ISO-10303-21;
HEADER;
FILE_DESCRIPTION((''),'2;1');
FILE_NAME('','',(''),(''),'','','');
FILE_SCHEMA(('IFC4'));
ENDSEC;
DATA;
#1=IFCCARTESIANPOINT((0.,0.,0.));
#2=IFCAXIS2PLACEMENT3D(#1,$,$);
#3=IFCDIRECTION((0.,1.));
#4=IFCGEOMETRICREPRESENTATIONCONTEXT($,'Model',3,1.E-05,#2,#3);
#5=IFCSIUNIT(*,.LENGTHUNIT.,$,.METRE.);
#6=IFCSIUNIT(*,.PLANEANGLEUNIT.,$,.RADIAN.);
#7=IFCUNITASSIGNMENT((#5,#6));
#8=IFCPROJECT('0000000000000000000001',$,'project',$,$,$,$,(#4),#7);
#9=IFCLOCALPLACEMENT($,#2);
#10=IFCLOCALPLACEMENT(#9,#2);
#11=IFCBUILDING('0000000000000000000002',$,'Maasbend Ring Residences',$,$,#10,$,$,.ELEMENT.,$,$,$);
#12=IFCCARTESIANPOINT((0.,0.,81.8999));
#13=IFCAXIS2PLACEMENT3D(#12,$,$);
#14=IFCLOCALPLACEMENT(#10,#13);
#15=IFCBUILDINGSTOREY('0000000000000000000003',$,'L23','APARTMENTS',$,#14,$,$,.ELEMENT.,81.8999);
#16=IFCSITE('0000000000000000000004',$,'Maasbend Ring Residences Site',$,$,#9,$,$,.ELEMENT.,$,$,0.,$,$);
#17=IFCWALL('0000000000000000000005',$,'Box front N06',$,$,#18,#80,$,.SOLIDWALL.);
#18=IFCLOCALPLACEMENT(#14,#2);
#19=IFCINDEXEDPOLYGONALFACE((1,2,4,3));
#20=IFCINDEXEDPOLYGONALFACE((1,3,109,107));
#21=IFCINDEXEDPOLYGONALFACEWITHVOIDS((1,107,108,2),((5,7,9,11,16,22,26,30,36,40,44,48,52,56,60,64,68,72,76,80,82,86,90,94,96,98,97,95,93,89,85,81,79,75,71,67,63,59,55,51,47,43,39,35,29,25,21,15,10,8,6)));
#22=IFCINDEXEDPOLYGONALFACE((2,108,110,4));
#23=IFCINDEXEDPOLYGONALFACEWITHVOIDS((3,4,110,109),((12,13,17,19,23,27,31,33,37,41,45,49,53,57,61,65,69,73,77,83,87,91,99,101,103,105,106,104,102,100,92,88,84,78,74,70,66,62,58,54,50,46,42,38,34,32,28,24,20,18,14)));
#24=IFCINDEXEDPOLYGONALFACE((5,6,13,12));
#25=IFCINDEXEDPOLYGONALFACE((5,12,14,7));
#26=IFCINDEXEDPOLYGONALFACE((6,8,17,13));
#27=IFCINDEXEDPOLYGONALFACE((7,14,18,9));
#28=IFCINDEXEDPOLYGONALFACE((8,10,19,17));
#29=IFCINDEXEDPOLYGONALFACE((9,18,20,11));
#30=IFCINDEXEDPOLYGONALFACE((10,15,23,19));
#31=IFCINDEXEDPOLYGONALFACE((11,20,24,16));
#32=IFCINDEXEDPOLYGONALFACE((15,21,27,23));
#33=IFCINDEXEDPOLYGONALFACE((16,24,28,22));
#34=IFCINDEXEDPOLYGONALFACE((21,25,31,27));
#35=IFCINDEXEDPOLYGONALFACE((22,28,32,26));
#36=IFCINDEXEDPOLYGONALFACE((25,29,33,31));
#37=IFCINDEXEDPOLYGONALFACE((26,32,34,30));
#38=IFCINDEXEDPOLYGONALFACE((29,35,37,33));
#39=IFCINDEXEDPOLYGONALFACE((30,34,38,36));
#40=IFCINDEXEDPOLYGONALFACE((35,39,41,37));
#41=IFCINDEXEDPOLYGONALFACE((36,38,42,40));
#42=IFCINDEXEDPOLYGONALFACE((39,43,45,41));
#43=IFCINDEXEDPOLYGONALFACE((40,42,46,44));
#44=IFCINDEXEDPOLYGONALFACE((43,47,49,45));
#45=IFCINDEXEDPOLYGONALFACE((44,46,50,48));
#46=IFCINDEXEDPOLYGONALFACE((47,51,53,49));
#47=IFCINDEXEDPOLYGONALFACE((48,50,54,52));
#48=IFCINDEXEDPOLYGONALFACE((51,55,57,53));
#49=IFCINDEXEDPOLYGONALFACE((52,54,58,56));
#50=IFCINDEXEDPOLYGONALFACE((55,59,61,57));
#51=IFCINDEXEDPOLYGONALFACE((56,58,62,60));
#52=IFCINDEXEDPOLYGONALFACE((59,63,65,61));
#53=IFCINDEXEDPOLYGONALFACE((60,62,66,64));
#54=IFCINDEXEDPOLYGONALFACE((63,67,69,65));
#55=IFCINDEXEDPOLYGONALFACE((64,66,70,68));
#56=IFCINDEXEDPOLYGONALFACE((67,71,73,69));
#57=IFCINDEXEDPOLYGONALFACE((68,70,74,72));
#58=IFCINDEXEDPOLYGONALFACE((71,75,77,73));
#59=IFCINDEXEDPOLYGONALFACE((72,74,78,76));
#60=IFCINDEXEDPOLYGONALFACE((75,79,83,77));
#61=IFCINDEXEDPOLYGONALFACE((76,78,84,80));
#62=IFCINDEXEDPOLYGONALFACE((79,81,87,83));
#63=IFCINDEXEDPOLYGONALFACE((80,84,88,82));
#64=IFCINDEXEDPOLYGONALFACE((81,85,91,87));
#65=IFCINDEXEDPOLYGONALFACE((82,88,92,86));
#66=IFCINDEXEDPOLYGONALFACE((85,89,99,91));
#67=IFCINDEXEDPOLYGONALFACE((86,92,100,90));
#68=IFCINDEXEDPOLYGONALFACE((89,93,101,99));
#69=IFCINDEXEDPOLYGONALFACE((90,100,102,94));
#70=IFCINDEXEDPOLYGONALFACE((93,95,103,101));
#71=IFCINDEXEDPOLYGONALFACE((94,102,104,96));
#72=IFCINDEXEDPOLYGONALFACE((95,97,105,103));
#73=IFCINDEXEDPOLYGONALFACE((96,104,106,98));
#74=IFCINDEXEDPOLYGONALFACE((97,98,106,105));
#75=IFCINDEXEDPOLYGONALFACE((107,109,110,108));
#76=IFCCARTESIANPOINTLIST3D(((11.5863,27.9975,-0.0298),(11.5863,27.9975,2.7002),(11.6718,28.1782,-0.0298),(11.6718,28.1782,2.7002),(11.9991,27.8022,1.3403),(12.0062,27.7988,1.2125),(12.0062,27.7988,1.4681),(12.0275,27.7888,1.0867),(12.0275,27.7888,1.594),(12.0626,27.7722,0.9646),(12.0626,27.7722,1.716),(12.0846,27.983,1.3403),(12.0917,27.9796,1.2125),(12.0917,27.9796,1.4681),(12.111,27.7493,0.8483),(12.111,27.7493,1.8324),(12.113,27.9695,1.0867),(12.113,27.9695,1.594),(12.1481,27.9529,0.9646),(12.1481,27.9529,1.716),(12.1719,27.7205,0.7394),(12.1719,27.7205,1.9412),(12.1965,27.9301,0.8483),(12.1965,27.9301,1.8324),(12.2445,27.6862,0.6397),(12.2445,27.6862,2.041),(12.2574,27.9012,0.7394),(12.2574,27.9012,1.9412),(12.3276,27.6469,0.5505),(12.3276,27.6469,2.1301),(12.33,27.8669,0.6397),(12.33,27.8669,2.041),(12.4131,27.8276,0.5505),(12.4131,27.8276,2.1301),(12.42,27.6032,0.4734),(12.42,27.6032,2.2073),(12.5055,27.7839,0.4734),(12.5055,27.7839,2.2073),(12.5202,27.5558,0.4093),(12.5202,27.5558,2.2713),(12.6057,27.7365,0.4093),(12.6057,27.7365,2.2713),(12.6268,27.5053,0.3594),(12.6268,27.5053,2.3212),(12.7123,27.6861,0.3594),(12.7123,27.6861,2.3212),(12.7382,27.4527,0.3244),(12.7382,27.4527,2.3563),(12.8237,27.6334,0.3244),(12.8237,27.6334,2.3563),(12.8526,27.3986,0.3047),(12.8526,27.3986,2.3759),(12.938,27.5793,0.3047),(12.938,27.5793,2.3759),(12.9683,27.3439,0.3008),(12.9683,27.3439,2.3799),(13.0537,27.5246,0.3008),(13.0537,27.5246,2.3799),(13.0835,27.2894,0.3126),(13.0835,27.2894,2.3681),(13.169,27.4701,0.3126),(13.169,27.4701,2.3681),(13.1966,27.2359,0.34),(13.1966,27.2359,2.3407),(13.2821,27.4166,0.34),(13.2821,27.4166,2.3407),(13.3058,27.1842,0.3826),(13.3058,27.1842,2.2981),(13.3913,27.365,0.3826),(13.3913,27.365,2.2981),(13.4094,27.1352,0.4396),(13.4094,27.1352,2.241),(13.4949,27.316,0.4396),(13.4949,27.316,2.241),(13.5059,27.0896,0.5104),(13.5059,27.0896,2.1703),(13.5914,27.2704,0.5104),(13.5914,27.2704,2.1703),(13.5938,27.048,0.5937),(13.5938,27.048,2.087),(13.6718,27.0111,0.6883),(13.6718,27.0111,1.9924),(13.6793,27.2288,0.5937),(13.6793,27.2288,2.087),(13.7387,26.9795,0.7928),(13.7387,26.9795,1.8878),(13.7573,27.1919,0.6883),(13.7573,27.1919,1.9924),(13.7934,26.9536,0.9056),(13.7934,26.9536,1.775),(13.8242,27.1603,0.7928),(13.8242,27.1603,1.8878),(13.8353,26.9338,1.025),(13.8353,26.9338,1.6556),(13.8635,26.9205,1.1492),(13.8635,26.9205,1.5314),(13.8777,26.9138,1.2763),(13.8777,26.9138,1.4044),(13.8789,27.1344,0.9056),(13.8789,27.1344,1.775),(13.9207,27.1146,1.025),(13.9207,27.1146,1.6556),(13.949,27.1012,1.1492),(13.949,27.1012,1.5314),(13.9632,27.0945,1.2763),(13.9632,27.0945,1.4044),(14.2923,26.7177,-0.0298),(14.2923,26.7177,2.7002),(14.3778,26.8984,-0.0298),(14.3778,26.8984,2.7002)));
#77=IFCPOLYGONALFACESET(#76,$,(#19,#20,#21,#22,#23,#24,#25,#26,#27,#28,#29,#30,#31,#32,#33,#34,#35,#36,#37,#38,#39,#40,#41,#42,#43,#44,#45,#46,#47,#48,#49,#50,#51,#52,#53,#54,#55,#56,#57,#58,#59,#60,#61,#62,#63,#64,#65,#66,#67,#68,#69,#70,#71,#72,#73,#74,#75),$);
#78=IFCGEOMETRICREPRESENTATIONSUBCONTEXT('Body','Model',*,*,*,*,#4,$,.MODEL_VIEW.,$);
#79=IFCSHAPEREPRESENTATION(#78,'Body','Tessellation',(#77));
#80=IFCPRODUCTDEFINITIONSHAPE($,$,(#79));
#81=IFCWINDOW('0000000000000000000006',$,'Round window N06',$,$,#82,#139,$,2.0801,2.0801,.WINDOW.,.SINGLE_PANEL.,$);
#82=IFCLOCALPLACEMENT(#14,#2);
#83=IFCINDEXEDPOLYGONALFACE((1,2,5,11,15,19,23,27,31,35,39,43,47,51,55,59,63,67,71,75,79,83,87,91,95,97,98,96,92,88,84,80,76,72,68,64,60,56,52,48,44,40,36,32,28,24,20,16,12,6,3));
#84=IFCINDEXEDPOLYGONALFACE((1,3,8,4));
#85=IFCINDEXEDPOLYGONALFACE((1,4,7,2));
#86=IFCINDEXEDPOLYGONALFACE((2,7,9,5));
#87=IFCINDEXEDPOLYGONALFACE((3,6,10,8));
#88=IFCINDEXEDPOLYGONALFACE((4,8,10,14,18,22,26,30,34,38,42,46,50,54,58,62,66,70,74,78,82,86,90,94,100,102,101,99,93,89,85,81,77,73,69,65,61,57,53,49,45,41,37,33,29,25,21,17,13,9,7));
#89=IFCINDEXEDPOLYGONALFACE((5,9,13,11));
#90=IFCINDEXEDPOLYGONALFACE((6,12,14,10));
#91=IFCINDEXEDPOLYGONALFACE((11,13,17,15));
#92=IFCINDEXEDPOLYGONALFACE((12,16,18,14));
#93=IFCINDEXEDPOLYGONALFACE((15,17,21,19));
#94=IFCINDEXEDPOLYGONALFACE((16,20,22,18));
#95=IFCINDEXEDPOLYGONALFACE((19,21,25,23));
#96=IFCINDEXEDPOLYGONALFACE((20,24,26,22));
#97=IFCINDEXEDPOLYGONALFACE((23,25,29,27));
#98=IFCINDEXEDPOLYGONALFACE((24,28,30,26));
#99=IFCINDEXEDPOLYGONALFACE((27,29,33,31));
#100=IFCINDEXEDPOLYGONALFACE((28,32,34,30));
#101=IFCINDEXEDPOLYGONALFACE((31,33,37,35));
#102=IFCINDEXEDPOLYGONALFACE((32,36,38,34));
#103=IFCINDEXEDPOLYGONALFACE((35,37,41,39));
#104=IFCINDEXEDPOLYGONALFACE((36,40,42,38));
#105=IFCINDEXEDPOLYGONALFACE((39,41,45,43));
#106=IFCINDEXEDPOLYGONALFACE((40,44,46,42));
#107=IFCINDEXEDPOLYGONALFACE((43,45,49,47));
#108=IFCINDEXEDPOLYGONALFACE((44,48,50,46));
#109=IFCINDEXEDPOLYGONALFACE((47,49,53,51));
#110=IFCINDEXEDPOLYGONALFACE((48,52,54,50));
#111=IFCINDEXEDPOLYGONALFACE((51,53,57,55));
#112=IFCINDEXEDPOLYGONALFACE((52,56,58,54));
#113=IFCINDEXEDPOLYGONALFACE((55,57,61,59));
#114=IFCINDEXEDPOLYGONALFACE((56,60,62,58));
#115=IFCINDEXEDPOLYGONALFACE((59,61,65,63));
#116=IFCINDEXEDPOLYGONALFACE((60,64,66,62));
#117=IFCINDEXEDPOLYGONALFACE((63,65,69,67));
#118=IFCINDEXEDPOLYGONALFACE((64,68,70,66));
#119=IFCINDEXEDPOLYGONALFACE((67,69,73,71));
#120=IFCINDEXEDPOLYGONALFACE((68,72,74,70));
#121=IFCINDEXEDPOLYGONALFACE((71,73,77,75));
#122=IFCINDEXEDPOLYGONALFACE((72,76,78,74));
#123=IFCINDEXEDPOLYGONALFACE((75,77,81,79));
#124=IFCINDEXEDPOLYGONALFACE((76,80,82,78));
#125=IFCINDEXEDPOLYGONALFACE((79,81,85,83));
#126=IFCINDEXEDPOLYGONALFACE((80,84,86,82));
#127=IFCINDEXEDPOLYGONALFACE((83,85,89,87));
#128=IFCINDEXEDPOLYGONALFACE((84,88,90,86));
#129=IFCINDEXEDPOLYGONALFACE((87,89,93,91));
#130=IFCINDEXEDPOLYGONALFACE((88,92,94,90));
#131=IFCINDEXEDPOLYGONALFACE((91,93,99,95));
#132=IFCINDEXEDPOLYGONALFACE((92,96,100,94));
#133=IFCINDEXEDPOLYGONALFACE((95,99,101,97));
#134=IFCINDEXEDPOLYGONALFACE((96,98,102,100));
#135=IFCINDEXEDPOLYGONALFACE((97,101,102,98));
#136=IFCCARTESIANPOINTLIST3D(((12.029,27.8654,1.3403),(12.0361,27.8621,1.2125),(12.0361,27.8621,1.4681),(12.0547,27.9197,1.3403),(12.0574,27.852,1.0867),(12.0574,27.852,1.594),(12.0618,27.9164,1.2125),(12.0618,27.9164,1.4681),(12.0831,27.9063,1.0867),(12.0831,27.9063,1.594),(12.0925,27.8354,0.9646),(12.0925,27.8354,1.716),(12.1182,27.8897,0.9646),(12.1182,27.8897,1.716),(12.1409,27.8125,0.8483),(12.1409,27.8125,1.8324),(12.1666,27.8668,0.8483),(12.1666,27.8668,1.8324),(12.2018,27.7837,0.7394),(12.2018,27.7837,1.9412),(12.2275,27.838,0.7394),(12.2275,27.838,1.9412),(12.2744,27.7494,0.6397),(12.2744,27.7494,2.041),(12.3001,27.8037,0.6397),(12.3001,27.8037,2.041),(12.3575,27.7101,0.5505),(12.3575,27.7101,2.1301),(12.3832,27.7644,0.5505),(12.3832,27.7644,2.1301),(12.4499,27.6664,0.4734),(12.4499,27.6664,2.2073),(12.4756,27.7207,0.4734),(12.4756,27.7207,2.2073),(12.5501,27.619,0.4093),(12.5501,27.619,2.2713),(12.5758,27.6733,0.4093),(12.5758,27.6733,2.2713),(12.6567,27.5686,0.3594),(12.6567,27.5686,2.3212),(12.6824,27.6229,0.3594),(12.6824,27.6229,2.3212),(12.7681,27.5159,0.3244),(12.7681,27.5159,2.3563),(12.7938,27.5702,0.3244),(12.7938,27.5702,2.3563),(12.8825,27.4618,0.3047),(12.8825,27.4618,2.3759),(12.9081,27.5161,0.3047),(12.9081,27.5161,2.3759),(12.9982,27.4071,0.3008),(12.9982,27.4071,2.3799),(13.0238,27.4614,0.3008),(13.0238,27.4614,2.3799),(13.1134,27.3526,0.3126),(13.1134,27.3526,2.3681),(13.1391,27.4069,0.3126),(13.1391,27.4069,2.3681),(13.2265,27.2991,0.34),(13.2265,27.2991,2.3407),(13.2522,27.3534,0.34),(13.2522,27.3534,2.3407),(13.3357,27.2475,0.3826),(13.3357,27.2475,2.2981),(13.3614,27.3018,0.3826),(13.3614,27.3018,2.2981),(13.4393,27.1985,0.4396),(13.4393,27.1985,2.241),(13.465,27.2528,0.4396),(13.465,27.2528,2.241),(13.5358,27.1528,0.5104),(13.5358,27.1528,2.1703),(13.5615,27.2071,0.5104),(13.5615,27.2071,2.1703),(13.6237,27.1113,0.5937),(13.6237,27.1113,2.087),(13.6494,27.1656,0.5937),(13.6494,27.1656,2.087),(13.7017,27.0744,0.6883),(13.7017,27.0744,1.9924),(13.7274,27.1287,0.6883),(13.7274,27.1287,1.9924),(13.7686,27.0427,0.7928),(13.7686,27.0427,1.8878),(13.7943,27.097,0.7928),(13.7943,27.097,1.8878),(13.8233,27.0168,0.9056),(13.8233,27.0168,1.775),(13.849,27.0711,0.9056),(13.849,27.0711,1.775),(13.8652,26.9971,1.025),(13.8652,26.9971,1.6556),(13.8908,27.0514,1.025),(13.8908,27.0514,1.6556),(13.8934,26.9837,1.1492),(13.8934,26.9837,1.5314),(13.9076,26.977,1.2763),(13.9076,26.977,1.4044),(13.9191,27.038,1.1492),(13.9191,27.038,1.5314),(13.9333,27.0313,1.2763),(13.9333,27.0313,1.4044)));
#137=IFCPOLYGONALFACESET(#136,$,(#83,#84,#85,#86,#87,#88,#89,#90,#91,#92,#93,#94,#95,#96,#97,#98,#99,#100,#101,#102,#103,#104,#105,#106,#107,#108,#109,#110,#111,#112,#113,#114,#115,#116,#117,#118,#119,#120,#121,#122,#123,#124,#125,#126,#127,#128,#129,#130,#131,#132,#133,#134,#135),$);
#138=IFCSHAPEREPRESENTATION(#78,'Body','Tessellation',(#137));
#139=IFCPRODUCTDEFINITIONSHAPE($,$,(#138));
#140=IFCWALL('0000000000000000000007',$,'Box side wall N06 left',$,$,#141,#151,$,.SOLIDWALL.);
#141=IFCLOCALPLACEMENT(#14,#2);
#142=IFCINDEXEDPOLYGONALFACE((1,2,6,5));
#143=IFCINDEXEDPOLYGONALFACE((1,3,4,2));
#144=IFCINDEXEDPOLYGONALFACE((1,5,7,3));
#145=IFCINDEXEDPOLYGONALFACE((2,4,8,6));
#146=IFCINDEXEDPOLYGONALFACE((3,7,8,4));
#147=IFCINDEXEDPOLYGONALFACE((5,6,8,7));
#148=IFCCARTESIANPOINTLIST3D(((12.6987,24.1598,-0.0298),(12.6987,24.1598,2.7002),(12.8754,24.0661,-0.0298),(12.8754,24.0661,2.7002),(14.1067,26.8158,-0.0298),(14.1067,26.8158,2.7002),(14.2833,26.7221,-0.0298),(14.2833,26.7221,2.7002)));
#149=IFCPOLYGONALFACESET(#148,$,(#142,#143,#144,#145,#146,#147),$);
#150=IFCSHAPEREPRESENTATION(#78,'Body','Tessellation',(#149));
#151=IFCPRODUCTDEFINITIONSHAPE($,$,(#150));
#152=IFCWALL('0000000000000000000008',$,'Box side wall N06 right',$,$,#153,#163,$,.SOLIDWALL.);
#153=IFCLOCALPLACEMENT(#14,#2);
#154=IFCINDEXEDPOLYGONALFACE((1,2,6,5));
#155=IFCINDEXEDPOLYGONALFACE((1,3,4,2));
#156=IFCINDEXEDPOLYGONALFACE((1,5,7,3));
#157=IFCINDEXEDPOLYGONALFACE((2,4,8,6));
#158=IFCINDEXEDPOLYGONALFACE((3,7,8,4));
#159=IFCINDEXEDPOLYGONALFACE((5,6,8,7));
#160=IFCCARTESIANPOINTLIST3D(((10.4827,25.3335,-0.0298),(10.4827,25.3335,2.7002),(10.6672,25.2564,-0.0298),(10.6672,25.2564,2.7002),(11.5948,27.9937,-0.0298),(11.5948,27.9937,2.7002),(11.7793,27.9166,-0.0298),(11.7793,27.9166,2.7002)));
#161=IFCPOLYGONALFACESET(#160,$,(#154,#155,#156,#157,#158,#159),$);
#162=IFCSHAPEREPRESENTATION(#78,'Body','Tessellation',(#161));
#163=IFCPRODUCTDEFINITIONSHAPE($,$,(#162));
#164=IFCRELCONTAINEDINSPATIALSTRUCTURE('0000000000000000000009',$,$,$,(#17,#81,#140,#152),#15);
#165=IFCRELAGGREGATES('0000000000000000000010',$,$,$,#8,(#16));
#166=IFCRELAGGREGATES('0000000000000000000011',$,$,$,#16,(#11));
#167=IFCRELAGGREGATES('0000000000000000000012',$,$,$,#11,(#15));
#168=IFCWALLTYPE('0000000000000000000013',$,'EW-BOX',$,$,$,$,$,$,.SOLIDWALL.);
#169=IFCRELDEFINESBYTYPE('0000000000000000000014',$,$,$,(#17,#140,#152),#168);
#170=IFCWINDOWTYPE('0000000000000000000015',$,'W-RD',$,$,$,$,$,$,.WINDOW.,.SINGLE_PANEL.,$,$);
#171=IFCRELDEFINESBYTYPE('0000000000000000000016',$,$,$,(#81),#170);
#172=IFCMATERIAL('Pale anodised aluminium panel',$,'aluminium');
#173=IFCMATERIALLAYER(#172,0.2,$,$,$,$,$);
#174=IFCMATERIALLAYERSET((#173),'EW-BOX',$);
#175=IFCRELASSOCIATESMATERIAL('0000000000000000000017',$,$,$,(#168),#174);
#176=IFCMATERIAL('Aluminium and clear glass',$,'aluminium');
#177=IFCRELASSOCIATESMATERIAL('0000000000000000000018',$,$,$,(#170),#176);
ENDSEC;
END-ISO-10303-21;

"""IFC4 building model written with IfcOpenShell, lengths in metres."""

from ifc_helpers import new_model, si_unit, direction, frame, frame_2d, origin, place, context, subcontext, project, spatial, rectangle, circle, extrude, material, layer, layer_set, type_object, element, fill, save


model = new_model("IFC4")

# Units and contexts
model_context = context("Model", 3, precision=1e-05, world=origin(), true_north=direction((0.0, 1.0)))
body_context = subcontext(model_context, "Body", "Model", "MODEL_VIEW")
ifc_project = project(units=[si_unit("LENGTHUNIT", "METRE"), si_unit("PLANEANGLEUNIT", "RADIAN")], contexts=[model_context])

# Site, building, storey
site_placement = place(None, origin())
site = spatial("IfcSite", under=ifc_project, at=site_placement, Name="Maasbend Ring Residences Site", CompositionType="ELEMENT", RefElevation=0.0)
building_placement = place(site_placement, origin())
building = spatial("IfcBuilding", under=site, at=building_placement, Name="Maasbend Ring Residences", CompositionType="ELEMENT")
storey_placement = place(building_placement, frame((0.0, 0.0, 81.8999)))
storey = spatial("IfcBuildingStorey", under=building, at=storey_placement, Name="L23", Description="APARTMENTS", CompositionType="ELEMENT", Elevation=81.8999)

# Wall, opening, window
ifc_material_1 = material(Name="Pale anodised aluminium panel", Category="aluminium")
ifc_layer_1 = layer(ifc_material_1, 0.2)
ifc_layer_set_1 = layer_set([ifc_layer_1], Name="EW-BOX")
wall_type_1 = type_object("IfcWallType", Name="EW-BOX", PredefinedType="SOLIDWALL", material=ifc_layer_set_1)
wall_1_placement = place(storey_placement, frame((14.335, 26.8081, -0.0298), z_axis=(0.0, 0.0, 1.0), x_axis=(-0.904, 0.427532, 0.0)))
wall_1 = element("IfcWall", 1, at=wall_1_placement, inside=storey, type_object=wall_type_1, Name="Box front N06", PredefinedType="SOLIDWALL", context=body_context, shape_type="SweptSolid", body=[
    extrude(rectangle(XDim=2.9934, YDim=0.2, at=frame_2d((1.4966, 0.0))), origin(), (0.0, 0.0, 1.0), 2.73),
])
opening_1_placement = place(wall_1_placement, frame((0.4565, 0.0, 0.3301)))
opening_1 = element("IfcOpeningElement", 2, at=opening_1_placement, cuts=wall_1, PredefinedType="OPENING", context=body_context, shape_type="SweptSolid", body=[
    extrude(circle(Radius=1.04, at=frame_2d((1.04, 1.04))), frame((0.0, 0.1099, 0.0), z_axis=(0.0, -1.0, 0.0), x_axis=(1.0, 0.0, 0.0)), (0.0, 0.0, 1.0), 0.22),
])
ifc_material_2 = material(Name="Aluminium and clear glass", Category="aluminium")
window_type_1 = type_object("IfcWindowType", Name="W-RD", PartitioningType="SINGLE_PANEL", PredefinedType="WINDOW", material=ifc_material_2)
window_1_placement = place(opening_1_placement, origin())
window_1 = element("IfcWindow", 3, at=window_1_placement, inside=storey, type_object=window_type_1, Name="Round window N06", OverallHeight=2.0801, OverallWidth=2.0801, PartitioningType="SINGLE_PANEL", PredefinedType="WINDOW", context=body_context, shape_type="SweptSolid", body=[
    extrude(circle(Radius=1.04, at=frame_2d((1.04, 1.04))), frame((0.0, 0.03, 0.0), z_axis=(0.0, -1.0, 0.0), x_axis=(1.0, 0.0, 0.0)), (0.0, 0.0, 1.0), 0.0601),
])
fill(opening_1, window_1)

# Walls
wall_2_placement = place(storey_placement, frame((12.7871, 24.113, -0.0298), z_axis=(0.0, 0.0, 1.0), x_axis=(0.468365, 0.883535, 0.0)))
element("IfcWall", 4, at=wall_2_placement, inside=storey, type_object=wall_type_1, Name="Box side wall N06 left", PredefinedType="SOLIDWALL", context=body_context, shape_type="SweptSolid", body=[
    extrude(rectangle(XDim=3.0061, YDim=0.2, at=frame_2d((1.5029, 0.0))), origin(), (0.0, 0.0, 1.0), 2.73),
])
wall_3_placement = place(storey_placement, frame((10.575, 25.2949, -0.0298), z_axis=(0.0, 0.0, 1.0), x_axis=(0.385697, 0.922625, 0.0)))
element("IfcWall", 5, at=wall_3_placement, inside=storey, type_object=wall_type_1, Name="Box side wall N06 right", PredefinedType="SOLIDWALL", context=body_context, shape_type="SweptSolid", body=[
    extrude(rectangle(XDim=2.8833, YDim=0.2, at=frame_2d((1.4417, 0.0))), origin(), (0.0, 0.0, 1.0), 2.73),
])

save(model, "model.ifc")
